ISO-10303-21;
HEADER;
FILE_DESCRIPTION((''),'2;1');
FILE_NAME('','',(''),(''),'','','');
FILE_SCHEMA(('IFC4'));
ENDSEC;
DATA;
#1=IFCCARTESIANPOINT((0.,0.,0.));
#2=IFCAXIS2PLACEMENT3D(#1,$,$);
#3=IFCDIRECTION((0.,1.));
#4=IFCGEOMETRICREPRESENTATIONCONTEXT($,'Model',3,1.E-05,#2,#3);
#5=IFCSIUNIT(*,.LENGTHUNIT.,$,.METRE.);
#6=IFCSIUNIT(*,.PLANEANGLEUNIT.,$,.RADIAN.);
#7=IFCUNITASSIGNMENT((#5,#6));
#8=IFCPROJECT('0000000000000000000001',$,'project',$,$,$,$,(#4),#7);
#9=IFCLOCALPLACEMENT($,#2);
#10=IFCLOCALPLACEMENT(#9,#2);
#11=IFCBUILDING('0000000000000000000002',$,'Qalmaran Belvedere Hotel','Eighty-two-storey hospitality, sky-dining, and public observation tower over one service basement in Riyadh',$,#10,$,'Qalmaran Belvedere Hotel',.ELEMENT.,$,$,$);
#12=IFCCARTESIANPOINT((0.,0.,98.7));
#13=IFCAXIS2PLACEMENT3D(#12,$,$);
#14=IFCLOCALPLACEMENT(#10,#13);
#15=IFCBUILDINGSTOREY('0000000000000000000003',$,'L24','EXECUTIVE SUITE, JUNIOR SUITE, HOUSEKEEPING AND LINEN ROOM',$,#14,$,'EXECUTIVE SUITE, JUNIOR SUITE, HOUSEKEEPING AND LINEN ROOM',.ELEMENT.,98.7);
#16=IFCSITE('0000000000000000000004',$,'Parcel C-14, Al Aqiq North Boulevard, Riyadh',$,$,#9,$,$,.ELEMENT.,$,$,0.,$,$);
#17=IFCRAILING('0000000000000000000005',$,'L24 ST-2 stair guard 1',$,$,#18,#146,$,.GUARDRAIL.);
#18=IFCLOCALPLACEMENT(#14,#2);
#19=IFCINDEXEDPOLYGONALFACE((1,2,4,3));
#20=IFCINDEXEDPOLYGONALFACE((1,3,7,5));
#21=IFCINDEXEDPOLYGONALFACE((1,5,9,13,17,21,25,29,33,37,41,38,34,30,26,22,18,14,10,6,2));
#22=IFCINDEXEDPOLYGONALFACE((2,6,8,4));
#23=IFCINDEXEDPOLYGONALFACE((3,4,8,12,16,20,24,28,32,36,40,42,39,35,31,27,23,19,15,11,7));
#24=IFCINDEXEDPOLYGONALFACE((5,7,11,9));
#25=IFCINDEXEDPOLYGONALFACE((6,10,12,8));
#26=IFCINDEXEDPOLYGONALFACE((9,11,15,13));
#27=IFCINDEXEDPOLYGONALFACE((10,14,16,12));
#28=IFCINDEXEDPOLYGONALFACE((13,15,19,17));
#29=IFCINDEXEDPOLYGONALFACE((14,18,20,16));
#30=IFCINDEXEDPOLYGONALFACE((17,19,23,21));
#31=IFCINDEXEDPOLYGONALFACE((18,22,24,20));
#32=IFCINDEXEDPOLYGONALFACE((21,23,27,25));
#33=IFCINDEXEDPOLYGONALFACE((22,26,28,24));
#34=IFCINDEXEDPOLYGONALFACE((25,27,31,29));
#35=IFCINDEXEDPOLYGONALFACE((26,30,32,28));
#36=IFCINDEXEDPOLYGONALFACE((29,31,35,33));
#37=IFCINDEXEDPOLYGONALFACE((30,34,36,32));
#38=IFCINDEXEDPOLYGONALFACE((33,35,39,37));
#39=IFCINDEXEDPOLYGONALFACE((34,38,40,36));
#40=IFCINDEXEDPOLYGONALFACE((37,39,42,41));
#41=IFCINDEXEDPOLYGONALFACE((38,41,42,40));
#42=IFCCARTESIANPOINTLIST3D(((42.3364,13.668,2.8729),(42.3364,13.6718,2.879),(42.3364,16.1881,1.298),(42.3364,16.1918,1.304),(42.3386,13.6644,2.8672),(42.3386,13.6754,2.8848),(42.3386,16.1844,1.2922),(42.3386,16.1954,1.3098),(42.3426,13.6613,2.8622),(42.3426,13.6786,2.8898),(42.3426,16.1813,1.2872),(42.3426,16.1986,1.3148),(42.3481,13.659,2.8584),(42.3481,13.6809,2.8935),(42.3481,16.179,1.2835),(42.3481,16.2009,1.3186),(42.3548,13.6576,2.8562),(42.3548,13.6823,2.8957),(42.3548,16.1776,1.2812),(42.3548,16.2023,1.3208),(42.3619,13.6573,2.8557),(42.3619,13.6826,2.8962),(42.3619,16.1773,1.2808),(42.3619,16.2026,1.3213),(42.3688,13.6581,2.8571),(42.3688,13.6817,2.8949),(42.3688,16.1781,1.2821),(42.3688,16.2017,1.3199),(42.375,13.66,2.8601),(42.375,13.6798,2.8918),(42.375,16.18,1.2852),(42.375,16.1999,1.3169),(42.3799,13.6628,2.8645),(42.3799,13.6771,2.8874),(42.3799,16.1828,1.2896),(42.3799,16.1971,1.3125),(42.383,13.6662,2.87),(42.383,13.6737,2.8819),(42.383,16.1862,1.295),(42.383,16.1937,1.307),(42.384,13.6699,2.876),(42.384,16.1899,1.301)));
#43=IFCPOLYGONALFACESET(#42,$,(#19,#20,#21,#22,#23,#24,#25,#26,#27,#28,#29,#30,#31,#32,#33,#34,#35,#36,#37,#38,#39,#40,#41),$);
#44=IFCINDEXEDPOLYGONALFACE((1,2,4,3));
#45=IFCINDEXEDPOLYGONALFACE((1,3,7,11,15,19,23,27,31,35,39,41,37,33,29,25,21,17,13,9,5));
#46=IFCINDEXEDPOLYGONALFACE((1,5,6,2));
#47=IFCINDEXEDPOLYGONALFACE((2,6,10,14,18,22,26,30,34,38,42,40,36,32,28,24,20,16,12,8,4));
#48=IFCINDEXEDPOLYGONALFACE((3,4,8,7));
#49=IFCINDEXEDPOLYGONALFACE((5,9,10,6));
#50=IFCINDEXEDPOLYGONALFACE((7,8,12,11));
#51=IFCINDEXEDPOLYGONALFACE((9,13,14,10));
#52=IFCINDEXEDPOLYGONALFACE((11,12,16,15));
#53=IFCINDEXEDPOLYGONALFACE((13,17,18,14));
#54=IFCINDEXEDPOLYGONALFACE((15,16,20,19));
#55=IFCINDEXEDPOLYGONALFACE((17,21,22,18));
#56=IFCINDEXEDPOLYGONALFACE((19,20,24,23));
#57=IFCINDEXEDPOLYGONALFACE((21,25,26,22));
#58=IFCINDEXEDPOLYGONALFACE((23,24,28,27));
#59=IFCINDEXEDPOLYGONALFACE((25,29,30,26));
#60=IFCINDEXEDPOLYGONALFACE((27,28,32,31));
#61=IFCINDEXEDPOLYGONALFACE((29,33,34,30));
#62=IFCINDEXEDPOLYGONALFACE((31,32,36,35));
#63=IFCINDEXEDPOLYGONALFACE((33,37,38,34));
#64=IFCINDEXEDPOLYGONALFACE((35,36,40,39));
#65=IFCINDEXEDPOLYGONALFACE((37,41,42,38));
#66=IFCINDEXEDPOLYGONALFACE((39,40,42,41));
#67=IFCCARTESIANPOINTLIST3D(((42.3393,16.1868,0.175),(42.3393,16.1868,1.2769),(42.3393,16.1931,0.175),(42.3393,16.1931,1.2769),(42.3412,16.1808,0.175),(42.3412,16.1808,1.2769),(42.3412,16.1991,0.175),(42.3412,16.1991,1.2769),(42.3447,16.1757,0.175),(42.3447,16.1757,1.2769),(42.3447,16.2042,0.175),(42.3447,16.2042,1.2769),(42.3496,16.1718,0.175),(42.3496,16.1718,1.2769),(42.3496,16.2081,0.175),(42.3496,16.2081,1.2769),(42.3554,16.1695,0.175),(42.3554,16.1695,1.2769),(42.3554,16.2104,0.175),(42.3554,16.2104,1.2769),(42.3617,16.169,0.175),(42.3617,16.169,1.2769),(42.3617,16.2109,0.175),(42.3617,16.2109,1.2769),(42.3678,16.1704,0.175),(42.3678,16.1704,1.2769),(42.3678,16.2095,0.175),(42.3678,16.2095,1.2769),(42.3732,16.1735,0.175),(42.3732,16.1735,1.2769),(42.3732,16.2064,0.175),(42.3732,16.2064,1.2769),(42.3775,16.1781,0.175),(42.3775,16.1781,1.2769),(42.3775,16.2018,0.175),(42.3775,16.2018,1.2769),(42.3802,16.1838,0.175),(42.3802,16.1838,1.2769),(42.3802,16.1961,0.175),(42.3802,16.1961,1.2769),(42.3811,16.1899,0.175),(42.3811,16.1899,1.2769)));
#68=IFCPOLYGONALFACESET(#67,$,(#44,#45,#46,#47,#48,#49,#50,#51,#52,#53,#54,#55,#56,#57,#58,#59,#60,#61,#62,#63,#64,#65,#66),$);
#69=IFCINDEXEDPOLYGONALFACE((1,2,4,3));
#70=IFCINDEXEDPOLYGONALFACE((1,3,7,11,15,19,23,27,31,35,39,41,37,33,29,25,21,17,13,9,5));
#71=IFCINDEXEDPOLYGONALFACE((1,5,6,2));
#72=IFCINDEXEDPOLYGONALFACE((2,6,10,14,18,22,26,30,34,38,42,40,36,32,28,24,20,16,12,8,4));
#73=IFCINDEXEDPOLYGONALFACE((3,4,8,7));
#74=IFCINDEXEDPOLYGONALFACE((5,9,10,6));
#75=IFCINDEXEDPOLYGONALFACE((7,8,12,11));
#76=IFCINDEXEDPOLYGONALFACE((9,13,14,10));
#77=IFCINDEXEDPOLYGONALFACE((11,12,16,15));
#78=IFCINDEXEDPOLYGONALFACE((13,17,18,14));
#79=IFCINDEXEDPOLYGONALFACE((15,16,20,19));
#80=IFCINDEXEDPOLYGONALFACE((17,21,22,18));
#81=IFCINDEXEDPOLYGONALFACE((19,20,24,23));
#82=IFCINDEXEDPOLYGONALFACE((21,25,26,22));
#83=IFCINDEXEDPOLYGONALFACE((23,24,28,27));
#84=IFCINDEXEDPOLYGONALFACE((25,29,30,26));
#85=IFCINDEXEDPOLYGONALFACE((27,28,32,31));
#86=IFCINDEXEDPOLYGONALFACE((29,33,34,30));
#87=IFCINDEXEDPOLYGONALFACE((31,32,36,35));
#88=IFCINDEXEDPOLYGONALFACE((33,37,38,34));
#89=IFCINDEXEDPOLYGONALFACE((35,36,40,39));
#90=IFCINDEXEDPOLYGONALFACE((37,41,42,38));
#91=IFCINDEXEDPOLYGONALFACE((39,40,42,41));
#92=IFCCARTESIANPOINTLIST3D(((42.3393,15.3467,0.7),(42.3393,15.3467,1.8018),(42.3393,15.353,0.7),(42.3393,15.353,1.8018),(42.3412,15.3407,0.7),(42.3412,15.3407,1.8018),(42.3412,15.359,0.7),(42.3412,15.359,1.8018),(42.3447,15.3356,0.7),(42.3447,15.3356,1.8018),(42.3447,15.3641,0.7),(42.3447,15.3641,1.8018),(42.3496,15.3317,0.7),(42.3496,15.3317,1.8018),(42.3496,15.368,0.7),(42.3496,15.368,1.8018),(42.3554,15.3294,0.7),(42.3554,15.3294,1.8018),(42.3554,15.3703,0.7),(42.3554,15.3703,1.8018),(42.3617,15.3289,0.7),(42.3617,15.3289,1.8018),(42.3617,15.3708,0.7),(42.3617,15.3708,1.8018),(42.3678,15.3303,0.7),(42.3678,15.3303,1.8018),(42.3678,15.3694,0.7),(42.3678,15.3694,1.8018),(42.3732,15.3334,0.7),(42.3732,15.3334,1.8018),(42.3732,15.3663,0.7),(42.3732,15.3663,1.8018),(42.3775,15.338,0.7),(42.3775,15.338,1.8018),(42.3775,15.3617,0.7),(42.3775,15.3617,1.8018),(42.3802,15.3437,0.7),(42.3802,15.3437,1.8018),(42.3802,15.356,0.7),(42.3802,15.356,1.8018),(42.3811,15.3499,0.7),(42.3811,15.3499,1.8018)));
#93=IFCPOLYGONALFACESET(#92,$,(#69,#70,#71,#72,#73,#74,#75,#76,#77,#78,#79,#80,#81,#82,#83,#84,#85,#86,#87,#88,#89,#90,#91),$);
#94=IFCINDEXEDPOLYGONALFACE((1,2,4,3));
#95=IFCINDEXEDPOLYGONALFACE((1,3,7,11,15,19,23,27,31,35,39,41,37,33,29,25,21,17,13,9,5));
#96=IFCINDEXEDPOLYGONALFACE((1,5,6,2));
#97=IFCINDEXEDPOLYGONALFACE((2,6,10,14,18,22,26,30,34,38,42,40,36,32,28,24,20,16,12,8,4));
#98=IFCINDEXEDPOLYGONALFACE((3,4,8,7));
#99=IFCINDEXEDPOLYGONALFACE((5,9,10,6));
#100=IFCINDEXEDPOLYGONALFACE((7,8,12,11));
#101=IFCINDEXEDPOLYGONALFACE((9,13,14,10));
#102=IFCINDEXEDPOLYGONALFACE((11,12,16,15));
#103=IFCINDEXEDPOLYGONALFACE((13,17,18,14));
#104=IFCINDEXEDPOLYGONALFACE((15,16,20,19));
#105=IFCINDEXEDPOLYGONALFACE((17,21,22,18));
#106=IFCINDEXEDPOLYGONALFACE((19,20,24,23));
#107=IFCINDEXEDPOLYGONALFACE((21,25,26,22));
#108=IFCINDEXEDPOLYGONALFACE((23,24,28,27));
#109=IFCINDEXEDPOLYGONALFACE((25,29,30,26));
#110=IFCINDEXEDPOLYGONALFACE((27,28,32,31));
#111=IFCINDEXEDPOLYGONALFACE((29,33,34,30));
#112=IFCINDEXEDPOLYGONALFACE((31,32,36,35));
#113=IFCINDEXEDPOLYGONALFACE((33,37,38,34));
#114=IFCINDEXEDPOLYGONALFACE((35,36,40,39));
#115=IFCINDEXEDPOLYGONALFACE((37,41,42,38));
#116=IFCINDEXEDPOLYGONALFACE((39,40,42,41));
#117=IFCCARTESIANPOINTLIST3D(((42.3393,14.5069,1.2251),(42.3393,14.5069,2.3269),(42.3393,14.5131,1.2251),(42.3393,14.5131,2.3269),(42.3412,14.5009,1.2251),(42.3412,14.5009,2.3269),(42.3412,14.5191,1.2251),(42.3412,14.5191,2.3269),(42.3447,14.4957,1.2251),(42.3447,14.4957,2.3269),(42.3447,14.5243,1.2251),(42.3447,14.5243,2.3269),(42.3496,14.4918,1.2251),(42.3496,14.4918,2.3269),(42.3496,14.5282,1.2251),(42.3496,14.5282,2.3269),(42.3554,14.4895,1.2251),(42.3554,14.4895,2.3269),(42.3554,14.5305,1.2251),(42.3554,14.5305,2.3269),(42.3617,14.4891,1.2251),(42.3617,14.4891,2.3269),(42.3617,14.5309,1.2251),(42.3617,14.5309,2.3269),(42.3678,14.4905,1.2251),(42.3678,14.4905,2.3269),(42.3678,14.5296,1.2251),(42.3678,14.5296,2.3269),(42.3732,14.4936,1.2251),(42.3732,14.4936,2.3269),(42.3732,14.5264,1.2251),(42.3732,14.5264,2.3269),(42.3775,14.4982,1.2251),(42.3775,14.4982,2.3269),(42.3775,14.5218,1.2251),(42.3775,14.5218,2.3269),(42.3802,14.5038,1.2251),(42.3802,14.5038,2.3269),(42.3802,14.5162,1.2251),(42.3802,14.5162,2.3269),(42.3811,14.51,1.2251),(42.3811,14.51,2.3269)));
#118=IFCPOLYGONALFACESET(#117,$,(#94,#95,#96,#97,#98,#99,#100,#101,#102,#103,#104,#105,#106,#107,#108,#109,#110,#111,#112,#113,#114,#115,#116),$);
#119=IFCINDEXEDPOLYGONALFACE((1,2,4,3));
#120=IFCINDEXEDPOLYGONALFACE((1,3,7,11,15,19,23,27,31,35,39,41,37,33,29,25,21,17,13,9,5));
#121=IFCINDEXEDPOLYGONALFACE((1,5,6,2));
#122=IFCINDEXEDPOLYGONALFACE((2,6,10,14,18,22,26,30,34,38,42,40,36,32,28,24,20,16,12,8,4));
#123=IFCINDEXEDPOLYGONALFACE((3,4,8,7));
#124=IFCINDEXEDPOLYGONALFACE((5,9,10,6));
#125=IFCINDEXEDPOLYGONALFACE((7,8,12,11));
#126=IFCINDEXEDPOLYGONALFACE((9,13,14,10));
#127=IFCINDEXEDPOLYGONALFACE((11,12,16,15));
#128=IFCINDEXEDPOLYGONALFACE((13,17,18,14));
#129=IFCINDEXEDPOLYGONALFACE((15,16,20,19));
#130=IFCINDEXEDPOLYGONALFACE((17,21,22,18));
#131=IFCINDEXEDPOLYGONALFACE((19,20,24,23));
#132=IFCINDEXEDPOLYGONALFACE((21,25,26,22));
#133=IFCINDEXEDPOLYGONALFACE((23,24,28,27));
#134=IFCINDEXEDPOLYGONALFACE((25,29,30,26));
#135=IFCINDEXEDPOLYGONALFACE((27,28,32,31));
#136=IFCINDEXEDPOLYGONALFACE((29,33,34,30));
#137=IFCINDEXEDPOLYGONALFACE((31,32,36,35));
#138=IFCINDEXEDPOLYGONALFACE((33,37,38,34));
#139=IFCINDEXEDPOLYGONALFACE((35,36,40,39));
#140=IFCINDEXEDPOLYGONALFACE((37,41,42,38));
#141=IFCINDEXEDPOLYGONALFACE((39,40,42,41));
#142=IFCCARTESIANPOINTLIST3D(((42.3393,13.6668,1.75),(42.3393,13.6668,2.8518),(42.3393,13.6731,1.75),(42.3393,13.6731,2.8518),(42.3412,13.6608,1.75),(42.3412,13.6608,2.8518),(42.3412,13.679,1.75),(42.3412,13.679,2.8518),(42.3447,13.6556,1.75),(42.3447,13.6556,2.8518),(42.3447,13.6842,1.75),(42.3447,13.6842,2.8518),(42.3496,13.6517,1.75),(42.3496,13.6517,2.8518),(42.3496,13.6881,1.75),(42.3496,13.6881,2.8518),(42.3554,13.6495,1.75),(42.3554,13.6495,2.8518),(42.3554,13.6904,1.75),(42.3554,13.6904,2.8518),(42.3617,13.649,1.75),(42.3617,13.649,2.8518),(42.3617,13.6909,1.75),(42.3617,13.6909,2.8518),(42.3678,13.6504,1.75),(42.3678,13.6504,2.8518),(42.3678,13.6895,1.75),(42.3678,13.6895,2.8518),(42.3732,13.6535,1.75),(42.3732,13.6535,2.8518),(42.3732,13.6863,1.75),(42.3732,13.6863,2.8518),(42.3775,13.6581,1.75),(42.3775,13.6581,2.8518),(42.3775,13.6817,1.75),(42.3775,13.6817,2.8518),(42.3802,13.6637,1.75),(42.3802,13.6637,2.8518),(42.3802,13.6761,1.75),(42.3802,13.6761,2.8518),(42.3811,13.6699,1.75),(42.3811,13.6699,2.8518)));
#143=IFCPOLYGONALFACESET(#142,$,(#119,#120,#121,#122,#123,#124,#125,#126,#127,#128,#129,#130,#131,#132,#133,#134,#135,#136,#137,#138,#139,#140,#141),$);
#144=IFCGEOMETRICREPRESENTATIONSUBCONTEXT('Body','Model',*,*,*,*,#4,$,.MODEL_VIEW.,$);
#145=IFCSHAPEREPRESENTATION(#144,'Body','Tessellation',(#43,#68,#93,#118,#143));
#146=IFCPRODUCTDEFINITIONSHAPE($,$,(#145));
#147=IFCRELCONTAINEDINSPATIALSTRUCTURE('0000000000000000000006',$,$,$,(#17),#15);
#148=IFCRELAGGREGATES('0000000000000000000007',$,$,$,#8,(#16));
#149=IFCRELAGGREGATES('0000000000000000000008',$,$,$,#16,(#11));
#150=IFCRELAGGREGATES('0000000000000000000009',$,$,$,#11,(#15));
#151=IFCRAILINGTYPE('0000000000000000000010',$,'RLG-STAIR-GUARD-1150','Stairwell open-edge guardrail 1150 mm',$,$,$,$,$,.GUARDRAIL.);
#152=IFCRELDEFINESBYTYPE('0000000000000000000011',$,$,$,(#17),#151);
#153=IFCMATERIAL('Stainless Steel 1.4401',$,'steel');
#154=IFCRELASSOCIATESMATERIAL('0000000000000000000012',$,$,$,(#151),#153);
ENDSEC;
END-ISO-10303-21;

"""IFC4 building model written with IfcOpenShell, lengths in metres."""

from ifc_helpers import new_model, si_unit, direction, frame, origin, origin_2d, place, context, subcontext, project, spatial, circle, extrude, material, type_object, element, save


model = new_model("IFC4")

# Units and contexts
model_context = context("Model", 3, precision=1e-05, world=origin(), true_north=direction((0.0, 1.0)))
body_context = subcontext(model_context, "Body", "Model", "MODEL_VIEW")
ifc_project = project(units=[si_unit("LENGTHUNIT", "METRE"), si_unit("PLANEANGLEUNIT", "RADIAN")], contexts=[model_context])

# Site, building, storey
site_placement = place(None, origin())
site = spatial("IfcSite", under=ifc_project, at=site_placement, Name="Parcel C-14, Al Aqiq North Boulevard, Riyadh", CompositionType="ELEMENT", RefElevation=0.0)
building_placement = place(site_placement, origin())
building = spatial("IfcBuilding", under=site, at=building_placement, Name="Qalmaran Belvedere Hotel", Description="Eighty-two-storey hospitality, sky-dining, and public observation tower over one service basement in Riyadh", LongName="Qalmaran Belvedere Hotel", CompositionType="ELEMENT")
storey_placement = place(building_placement, frame((0.0, 0.0, 98.7)))
storey = spatial("IfcBuildingStorey", under=building, at=storey_placement, Name="L24", Description="EXECUTIVE SUITE, JUNIOR SUITE, HOUSEKEEPING AND LINEN ROOM", LongName="EXECUTIVE SUITE, JUNIOR SUITE, HOUSEKEEPING AND LINEN ROOM", CompositionType="ELEMENT", Elevation=98.7)

# Shared definitions
ifc_material_1 = material(Name="Stainless Steel 1.4401", Category="steel")

# Railing
railing_type_1 = type_object("IfcRailingType", Name="RLG-STAIR-GUARD-1150", Description="Stairwell open-edge guardrail 1150 mm", PredefinedType="GUARDRAIL", material=ifc_material_1)
railing_1_placement = place(storey_placement, frame((42.3601, 16.1899, 0.175)))
element("IfcRailing", 1, at=railing_1_placement, inside=storey, type_object=railing_type_1, Name="L24 ST-2 stair guard 1", PredefinedType="GUARDRAIL", context=body_context, shape_type="SweptSolid", body=[
    extrude(circle(Radius=0.0239, at=origin_2d()), frame((0.0, 0.0, 1.126), z_axis=(0.0, -0.848008, 0.529984), x_axis=(1.0, 0.0, 0.0)), (0.0, 0.0, 1.0), 2.9717),
    extrude(circle(Radius=0.021, at=origin_2d()), origin(), (0.0, 0.0, 1.0), 1.1018),
    extrude(circle(Radius=0.021, at=origin_2d()), frame((0.0, -0.8401, 0.5249)), (0.0, 0.0, 1.0), 1.1018),
    extrude(circle(Radius=0.021, at=origin_2d()), frame((0.0, -1.6799, 1.05)), (0.0, 0.0, 1.0), 1.1018),
    extrude(circle(Radius=0.021, at=origin_2d()), frame((0.0, -2.52, 1.575)), (0.0, 0.0, 1.0), 1.1018),
])

save(model, "model.ifc")
